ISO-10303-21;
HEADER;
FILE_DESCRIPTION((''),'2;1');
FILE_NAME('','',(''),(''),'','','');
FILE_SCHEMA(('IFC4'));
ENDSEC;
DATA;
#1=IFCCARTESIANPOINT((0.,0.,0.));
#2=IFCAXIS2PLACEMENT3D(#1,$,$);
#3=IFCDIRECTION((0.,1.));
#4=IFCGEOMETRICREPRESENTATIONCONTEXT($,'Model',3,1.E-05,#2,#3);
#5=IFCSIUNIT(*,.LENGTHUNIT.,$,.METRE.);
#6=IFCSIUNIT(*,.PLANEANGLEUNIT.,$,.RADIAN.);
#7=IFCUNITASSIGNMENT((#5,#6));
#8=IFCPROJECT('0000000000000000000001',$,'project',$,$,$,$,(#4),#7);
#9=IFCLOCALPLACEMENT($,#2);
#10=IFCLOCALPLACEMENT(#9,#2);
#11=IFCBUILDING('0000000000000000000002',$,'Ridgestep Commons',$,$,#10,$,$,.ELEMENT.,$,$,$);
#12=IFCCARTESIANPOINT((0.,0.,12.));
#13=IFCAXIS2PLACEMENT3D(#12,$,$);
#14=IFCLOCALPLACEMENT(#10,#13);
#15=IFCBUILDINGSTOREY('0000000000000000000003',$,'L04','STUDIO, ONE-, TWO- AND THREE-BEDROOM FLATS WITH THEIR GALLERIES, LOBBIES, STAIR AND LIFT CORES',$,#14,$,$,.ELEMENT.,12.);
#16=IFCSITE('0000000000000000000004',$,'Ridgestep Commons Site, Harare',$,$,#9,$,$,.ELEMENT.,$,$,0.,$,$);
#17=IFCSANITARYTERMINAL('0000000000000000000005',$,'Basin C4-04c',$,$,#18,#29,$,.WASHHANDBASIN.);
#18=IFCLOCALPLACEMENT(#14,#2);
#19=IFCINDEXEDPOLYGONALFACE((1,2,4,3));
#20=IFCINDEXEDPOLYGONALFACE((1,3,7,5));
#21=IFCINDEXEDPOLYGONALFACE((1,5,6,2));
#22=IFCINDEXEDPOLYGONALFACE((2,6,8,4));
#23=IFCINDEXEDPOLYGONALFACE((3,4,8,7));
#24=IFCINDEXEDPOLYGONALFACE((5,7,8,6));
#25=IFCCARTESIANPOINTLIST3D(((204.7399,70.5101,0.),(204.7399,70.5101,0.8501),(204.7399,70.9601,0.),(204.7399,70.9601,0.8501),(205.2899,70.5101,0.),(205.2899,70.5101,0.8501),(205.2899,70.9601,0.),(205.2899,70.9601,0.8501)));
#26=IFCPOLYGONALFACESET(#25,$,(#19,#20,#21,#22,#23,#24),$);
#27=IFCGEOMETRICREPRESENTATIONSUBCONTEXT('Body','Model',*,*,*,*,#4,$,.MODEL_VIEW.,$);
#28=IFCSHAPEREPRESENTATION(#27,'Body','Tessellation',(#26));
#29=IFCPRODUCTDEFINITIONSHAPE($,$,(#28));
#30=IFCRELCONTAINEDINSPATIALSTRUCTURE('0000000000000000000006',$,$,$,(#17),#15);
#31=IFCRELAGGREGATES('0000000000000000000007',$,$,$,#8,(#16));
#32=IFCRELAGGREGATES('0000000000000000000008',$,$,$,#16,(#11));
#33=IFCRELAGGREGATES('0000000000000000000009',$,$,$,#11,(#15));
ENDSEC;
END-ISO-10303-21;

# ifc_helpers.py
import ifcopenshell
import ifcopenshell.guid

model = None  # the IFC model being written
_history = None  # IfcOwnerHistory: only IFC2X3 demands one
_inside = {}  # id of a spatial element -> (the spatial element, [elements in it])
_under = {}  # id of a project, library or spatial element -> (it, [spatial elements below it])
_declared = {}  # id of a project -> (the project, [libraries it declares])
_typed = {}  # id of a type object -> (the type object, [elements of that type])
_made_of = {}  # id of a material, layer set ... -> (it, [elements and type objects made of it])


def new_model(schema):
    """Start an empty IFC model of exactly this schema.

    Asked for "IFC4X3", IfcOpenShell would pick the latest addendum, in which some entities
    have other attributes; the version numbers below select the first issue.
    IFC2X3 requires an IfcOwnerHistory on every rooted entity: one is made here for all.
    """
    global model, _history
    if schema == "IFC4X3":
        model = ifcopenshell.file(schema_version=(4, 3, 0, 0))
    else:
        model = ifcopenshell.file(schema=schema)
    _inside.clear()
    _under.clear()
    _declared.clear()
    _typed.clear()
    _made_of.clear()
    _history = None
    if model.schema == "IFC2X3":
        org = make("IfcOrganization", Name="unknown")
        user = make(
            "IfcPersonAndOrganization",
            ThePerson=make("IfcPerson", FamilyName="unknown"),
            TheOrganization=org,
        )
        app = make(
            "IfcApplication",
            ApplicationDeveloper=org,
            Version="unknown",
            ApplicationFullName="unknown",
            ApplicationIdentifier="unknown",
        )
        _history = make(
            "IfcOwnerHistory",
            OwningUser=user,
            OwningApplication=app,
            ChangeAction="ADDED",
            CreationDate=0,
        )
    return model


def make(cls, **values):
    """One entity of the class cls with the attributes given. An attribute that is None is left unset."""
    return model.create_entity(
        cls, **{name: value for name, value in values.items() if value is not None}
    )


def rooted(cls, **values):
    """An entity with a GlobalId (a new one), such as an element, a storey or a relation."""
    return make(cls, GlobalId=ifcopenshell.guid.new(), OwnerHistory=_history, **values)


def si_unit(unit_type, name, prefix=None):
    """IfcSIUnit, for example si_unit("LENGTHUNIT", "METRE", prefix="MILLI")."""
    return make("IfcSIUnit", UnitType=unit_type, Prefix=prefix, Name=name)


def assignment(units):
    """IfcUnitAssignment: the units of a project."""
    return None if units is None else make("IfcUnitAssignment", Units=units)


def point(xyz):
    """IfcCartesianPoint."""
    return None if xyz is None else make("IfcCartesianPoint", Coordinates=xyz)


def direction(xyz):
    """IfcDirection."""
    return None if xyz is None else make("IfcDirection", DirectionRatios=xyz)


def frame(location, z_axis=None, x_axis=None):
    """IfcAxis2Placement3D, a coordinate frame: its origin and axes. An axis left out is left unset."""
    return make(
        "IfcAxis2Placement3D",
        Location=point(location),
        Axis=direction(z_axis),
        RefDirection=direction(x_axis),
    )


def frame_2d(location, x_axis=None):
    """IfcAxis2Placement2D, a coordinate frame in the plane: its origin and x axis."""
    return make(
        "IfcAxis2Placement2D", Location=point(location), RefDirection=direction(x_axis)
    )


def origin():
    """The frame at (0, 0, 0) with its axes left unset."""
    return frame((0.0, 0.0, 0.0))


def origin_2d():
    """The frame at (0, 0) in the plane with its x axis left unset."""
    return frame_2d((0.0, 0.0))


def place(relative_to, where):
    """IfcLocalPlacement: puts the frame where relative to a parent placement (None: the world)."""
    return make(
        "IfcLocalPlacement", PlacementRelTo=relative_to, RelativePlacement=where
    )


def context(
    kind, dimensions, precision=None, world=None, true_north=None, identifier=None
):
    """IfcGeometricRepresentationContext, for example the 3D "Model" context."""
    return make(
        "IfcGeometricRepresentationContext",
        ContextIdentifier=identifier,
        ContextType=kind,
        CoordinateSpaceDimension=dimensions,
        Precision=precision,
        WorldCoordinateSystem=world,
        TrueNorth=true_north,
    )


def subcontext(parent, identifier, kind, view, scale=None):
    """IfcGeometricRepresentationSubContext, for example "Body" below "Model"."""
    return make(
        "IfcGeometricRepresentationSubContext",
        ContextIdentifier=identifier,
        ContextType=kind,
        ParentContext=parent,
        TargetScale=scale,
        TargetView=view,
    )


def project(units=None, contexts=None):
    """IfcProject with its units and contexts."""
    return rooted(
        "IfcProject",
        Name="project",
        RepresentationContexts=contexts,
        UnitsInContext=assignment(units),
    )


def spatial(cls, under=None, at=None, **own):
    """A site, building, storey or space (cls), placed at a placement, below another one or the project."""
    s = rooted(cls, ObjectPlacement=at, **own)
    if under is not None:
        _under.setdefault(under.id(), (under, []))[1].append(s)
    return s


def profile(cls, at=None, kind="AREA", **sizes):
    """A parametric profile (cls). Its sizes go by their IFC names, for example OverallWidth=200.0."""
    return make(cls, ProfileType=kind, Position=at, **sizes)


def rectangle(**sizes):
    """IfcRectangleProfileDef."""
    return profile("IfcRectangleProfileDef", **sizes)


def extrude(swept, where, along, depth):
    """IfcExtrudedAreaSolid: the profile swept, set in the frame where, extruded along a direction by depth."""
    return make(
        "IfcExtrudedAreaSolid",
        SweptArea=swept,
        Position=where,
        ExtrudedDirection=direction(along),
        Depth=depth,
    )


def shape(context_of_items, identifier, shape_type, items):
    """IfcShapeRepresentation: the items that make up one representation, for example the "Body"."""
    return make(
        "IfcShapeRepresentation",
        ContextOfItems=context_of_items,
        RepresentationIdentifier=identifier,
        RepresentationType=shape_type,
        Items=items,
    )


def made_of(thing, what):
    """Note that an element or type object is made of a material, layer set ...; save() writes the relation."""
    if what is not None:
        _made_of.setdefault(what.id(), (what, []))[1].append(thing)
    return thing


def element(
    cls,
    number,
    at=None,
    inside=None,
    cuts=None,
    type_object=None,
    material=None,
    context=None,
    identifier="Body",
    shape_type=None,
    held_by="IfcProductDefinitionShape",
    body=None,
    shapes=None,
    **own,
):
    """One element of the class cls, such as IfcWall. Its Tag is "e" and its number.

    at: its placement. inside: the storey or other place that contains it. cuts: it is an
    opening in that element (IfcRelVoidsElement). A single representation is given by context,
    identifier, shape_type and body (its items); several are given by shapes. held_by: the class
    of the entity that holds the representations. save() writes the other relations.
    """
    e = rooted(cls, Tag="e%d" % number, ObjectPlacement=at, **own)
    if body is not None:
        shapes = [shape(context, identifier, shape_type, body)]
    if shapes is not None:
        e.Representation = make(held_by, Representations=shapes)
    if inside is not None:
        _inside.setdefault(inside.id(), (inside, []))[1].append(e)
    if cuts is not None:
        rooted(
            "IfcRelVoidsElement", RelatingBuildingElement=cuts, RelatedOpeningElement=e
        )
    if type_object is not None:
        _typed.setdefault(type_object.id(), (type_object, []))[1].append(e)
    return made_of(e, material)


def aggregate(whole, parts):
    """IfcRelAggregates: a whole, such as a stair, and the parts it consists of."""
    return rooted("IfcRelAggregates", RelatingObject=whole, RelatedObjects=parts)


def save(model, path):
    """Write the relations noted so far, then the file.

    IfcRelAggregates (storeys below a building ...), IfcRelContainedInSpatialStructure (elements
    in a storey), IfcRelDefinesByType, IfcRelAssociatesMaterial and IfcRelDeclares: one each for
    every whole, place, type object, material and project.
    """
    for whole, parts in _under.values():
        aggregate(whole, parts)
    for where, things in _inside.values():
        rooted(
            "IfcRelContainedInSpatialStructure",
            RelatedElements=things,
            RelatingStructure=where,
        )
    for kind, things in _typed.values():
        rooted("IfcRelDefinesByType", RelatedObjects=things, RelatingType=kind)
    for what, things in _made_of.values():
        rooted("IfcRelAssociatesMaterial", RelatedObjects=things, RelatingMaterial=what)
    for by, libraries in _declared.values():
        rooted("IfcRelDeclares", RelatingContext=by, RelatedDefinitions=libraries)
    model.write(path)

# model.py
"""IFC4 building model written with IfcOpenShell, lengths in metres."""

from ifc_helpers import new_model, si_unit, direction, frame, origin, origin_2d, place, context, subcontext, project, spatial, rectangle, extrude, element, save


model = new_model("IFC4")

# Units and contexts
model_context = context("Model", 3, precision=1e-05, world=origin(), true_north=direction((0.0, 1.0)))
body_context = subcontext(model_context, "Body", "Model", "MODEL_VIEW")
ifc_project = project(units=[si_unit("LENGTHUNIT", "METRE"), si_unit("PLANEANGLEUNIT", "RADIAN")], contexts=[model_context])

# Site, building, storey
site_placement = place(None, origin())
site = spatial("IfcSite", under=ifc_project, at=site_placement, Name="Ridgestep Commons Site, Harare", CompositionType="ELEMENT", RefElevation=0.0)
building_placement = place(site_placement, origin())
building = spatial("IfcBuilding", under=site, at=building_placement, Name="Ridgestep Commons", CompositionType="ELEMENT")
storey_placement = place(building_placement, frame((0.0, 0.0, 12.0)))
storey = spatial("IfcBuildingStorey", under=building, at=storey_placement, Name="L04", Description="STUDIO, ONE-, TWO- AND THREE-BEDROOM FLATS WITH THEIR GALLERIES, LOBBIES, STAIR AND LIFT CORES", CompositionType="ELEMENT", Elevation=12.0)

# Sanitary terminal
for number, where, z_axis, x_axis, name in (
    (1, (205.0149, 70.7351, 0.0), (0.0, 0.0, 1.0), (1.0, 0.0, 0.0), "Basin C4-04c"),
):
    element("IfcSanitaryTerminal", number, at=place(storey_placement, frame(where, z_axis=z_axis, x_axis=x_axis)), inside=storey, Name=name, PredefinedType="WASHHANDBASIN", context=body_context, shape_type="SweptSolid", body=[
        extrude(rectangle(XDim=0.55, YDim=0.45, at=origin_2d()), origin(), (0.0, 0.0, 1.0), 0.8501),
    ])

save(model, "model.ifc")
